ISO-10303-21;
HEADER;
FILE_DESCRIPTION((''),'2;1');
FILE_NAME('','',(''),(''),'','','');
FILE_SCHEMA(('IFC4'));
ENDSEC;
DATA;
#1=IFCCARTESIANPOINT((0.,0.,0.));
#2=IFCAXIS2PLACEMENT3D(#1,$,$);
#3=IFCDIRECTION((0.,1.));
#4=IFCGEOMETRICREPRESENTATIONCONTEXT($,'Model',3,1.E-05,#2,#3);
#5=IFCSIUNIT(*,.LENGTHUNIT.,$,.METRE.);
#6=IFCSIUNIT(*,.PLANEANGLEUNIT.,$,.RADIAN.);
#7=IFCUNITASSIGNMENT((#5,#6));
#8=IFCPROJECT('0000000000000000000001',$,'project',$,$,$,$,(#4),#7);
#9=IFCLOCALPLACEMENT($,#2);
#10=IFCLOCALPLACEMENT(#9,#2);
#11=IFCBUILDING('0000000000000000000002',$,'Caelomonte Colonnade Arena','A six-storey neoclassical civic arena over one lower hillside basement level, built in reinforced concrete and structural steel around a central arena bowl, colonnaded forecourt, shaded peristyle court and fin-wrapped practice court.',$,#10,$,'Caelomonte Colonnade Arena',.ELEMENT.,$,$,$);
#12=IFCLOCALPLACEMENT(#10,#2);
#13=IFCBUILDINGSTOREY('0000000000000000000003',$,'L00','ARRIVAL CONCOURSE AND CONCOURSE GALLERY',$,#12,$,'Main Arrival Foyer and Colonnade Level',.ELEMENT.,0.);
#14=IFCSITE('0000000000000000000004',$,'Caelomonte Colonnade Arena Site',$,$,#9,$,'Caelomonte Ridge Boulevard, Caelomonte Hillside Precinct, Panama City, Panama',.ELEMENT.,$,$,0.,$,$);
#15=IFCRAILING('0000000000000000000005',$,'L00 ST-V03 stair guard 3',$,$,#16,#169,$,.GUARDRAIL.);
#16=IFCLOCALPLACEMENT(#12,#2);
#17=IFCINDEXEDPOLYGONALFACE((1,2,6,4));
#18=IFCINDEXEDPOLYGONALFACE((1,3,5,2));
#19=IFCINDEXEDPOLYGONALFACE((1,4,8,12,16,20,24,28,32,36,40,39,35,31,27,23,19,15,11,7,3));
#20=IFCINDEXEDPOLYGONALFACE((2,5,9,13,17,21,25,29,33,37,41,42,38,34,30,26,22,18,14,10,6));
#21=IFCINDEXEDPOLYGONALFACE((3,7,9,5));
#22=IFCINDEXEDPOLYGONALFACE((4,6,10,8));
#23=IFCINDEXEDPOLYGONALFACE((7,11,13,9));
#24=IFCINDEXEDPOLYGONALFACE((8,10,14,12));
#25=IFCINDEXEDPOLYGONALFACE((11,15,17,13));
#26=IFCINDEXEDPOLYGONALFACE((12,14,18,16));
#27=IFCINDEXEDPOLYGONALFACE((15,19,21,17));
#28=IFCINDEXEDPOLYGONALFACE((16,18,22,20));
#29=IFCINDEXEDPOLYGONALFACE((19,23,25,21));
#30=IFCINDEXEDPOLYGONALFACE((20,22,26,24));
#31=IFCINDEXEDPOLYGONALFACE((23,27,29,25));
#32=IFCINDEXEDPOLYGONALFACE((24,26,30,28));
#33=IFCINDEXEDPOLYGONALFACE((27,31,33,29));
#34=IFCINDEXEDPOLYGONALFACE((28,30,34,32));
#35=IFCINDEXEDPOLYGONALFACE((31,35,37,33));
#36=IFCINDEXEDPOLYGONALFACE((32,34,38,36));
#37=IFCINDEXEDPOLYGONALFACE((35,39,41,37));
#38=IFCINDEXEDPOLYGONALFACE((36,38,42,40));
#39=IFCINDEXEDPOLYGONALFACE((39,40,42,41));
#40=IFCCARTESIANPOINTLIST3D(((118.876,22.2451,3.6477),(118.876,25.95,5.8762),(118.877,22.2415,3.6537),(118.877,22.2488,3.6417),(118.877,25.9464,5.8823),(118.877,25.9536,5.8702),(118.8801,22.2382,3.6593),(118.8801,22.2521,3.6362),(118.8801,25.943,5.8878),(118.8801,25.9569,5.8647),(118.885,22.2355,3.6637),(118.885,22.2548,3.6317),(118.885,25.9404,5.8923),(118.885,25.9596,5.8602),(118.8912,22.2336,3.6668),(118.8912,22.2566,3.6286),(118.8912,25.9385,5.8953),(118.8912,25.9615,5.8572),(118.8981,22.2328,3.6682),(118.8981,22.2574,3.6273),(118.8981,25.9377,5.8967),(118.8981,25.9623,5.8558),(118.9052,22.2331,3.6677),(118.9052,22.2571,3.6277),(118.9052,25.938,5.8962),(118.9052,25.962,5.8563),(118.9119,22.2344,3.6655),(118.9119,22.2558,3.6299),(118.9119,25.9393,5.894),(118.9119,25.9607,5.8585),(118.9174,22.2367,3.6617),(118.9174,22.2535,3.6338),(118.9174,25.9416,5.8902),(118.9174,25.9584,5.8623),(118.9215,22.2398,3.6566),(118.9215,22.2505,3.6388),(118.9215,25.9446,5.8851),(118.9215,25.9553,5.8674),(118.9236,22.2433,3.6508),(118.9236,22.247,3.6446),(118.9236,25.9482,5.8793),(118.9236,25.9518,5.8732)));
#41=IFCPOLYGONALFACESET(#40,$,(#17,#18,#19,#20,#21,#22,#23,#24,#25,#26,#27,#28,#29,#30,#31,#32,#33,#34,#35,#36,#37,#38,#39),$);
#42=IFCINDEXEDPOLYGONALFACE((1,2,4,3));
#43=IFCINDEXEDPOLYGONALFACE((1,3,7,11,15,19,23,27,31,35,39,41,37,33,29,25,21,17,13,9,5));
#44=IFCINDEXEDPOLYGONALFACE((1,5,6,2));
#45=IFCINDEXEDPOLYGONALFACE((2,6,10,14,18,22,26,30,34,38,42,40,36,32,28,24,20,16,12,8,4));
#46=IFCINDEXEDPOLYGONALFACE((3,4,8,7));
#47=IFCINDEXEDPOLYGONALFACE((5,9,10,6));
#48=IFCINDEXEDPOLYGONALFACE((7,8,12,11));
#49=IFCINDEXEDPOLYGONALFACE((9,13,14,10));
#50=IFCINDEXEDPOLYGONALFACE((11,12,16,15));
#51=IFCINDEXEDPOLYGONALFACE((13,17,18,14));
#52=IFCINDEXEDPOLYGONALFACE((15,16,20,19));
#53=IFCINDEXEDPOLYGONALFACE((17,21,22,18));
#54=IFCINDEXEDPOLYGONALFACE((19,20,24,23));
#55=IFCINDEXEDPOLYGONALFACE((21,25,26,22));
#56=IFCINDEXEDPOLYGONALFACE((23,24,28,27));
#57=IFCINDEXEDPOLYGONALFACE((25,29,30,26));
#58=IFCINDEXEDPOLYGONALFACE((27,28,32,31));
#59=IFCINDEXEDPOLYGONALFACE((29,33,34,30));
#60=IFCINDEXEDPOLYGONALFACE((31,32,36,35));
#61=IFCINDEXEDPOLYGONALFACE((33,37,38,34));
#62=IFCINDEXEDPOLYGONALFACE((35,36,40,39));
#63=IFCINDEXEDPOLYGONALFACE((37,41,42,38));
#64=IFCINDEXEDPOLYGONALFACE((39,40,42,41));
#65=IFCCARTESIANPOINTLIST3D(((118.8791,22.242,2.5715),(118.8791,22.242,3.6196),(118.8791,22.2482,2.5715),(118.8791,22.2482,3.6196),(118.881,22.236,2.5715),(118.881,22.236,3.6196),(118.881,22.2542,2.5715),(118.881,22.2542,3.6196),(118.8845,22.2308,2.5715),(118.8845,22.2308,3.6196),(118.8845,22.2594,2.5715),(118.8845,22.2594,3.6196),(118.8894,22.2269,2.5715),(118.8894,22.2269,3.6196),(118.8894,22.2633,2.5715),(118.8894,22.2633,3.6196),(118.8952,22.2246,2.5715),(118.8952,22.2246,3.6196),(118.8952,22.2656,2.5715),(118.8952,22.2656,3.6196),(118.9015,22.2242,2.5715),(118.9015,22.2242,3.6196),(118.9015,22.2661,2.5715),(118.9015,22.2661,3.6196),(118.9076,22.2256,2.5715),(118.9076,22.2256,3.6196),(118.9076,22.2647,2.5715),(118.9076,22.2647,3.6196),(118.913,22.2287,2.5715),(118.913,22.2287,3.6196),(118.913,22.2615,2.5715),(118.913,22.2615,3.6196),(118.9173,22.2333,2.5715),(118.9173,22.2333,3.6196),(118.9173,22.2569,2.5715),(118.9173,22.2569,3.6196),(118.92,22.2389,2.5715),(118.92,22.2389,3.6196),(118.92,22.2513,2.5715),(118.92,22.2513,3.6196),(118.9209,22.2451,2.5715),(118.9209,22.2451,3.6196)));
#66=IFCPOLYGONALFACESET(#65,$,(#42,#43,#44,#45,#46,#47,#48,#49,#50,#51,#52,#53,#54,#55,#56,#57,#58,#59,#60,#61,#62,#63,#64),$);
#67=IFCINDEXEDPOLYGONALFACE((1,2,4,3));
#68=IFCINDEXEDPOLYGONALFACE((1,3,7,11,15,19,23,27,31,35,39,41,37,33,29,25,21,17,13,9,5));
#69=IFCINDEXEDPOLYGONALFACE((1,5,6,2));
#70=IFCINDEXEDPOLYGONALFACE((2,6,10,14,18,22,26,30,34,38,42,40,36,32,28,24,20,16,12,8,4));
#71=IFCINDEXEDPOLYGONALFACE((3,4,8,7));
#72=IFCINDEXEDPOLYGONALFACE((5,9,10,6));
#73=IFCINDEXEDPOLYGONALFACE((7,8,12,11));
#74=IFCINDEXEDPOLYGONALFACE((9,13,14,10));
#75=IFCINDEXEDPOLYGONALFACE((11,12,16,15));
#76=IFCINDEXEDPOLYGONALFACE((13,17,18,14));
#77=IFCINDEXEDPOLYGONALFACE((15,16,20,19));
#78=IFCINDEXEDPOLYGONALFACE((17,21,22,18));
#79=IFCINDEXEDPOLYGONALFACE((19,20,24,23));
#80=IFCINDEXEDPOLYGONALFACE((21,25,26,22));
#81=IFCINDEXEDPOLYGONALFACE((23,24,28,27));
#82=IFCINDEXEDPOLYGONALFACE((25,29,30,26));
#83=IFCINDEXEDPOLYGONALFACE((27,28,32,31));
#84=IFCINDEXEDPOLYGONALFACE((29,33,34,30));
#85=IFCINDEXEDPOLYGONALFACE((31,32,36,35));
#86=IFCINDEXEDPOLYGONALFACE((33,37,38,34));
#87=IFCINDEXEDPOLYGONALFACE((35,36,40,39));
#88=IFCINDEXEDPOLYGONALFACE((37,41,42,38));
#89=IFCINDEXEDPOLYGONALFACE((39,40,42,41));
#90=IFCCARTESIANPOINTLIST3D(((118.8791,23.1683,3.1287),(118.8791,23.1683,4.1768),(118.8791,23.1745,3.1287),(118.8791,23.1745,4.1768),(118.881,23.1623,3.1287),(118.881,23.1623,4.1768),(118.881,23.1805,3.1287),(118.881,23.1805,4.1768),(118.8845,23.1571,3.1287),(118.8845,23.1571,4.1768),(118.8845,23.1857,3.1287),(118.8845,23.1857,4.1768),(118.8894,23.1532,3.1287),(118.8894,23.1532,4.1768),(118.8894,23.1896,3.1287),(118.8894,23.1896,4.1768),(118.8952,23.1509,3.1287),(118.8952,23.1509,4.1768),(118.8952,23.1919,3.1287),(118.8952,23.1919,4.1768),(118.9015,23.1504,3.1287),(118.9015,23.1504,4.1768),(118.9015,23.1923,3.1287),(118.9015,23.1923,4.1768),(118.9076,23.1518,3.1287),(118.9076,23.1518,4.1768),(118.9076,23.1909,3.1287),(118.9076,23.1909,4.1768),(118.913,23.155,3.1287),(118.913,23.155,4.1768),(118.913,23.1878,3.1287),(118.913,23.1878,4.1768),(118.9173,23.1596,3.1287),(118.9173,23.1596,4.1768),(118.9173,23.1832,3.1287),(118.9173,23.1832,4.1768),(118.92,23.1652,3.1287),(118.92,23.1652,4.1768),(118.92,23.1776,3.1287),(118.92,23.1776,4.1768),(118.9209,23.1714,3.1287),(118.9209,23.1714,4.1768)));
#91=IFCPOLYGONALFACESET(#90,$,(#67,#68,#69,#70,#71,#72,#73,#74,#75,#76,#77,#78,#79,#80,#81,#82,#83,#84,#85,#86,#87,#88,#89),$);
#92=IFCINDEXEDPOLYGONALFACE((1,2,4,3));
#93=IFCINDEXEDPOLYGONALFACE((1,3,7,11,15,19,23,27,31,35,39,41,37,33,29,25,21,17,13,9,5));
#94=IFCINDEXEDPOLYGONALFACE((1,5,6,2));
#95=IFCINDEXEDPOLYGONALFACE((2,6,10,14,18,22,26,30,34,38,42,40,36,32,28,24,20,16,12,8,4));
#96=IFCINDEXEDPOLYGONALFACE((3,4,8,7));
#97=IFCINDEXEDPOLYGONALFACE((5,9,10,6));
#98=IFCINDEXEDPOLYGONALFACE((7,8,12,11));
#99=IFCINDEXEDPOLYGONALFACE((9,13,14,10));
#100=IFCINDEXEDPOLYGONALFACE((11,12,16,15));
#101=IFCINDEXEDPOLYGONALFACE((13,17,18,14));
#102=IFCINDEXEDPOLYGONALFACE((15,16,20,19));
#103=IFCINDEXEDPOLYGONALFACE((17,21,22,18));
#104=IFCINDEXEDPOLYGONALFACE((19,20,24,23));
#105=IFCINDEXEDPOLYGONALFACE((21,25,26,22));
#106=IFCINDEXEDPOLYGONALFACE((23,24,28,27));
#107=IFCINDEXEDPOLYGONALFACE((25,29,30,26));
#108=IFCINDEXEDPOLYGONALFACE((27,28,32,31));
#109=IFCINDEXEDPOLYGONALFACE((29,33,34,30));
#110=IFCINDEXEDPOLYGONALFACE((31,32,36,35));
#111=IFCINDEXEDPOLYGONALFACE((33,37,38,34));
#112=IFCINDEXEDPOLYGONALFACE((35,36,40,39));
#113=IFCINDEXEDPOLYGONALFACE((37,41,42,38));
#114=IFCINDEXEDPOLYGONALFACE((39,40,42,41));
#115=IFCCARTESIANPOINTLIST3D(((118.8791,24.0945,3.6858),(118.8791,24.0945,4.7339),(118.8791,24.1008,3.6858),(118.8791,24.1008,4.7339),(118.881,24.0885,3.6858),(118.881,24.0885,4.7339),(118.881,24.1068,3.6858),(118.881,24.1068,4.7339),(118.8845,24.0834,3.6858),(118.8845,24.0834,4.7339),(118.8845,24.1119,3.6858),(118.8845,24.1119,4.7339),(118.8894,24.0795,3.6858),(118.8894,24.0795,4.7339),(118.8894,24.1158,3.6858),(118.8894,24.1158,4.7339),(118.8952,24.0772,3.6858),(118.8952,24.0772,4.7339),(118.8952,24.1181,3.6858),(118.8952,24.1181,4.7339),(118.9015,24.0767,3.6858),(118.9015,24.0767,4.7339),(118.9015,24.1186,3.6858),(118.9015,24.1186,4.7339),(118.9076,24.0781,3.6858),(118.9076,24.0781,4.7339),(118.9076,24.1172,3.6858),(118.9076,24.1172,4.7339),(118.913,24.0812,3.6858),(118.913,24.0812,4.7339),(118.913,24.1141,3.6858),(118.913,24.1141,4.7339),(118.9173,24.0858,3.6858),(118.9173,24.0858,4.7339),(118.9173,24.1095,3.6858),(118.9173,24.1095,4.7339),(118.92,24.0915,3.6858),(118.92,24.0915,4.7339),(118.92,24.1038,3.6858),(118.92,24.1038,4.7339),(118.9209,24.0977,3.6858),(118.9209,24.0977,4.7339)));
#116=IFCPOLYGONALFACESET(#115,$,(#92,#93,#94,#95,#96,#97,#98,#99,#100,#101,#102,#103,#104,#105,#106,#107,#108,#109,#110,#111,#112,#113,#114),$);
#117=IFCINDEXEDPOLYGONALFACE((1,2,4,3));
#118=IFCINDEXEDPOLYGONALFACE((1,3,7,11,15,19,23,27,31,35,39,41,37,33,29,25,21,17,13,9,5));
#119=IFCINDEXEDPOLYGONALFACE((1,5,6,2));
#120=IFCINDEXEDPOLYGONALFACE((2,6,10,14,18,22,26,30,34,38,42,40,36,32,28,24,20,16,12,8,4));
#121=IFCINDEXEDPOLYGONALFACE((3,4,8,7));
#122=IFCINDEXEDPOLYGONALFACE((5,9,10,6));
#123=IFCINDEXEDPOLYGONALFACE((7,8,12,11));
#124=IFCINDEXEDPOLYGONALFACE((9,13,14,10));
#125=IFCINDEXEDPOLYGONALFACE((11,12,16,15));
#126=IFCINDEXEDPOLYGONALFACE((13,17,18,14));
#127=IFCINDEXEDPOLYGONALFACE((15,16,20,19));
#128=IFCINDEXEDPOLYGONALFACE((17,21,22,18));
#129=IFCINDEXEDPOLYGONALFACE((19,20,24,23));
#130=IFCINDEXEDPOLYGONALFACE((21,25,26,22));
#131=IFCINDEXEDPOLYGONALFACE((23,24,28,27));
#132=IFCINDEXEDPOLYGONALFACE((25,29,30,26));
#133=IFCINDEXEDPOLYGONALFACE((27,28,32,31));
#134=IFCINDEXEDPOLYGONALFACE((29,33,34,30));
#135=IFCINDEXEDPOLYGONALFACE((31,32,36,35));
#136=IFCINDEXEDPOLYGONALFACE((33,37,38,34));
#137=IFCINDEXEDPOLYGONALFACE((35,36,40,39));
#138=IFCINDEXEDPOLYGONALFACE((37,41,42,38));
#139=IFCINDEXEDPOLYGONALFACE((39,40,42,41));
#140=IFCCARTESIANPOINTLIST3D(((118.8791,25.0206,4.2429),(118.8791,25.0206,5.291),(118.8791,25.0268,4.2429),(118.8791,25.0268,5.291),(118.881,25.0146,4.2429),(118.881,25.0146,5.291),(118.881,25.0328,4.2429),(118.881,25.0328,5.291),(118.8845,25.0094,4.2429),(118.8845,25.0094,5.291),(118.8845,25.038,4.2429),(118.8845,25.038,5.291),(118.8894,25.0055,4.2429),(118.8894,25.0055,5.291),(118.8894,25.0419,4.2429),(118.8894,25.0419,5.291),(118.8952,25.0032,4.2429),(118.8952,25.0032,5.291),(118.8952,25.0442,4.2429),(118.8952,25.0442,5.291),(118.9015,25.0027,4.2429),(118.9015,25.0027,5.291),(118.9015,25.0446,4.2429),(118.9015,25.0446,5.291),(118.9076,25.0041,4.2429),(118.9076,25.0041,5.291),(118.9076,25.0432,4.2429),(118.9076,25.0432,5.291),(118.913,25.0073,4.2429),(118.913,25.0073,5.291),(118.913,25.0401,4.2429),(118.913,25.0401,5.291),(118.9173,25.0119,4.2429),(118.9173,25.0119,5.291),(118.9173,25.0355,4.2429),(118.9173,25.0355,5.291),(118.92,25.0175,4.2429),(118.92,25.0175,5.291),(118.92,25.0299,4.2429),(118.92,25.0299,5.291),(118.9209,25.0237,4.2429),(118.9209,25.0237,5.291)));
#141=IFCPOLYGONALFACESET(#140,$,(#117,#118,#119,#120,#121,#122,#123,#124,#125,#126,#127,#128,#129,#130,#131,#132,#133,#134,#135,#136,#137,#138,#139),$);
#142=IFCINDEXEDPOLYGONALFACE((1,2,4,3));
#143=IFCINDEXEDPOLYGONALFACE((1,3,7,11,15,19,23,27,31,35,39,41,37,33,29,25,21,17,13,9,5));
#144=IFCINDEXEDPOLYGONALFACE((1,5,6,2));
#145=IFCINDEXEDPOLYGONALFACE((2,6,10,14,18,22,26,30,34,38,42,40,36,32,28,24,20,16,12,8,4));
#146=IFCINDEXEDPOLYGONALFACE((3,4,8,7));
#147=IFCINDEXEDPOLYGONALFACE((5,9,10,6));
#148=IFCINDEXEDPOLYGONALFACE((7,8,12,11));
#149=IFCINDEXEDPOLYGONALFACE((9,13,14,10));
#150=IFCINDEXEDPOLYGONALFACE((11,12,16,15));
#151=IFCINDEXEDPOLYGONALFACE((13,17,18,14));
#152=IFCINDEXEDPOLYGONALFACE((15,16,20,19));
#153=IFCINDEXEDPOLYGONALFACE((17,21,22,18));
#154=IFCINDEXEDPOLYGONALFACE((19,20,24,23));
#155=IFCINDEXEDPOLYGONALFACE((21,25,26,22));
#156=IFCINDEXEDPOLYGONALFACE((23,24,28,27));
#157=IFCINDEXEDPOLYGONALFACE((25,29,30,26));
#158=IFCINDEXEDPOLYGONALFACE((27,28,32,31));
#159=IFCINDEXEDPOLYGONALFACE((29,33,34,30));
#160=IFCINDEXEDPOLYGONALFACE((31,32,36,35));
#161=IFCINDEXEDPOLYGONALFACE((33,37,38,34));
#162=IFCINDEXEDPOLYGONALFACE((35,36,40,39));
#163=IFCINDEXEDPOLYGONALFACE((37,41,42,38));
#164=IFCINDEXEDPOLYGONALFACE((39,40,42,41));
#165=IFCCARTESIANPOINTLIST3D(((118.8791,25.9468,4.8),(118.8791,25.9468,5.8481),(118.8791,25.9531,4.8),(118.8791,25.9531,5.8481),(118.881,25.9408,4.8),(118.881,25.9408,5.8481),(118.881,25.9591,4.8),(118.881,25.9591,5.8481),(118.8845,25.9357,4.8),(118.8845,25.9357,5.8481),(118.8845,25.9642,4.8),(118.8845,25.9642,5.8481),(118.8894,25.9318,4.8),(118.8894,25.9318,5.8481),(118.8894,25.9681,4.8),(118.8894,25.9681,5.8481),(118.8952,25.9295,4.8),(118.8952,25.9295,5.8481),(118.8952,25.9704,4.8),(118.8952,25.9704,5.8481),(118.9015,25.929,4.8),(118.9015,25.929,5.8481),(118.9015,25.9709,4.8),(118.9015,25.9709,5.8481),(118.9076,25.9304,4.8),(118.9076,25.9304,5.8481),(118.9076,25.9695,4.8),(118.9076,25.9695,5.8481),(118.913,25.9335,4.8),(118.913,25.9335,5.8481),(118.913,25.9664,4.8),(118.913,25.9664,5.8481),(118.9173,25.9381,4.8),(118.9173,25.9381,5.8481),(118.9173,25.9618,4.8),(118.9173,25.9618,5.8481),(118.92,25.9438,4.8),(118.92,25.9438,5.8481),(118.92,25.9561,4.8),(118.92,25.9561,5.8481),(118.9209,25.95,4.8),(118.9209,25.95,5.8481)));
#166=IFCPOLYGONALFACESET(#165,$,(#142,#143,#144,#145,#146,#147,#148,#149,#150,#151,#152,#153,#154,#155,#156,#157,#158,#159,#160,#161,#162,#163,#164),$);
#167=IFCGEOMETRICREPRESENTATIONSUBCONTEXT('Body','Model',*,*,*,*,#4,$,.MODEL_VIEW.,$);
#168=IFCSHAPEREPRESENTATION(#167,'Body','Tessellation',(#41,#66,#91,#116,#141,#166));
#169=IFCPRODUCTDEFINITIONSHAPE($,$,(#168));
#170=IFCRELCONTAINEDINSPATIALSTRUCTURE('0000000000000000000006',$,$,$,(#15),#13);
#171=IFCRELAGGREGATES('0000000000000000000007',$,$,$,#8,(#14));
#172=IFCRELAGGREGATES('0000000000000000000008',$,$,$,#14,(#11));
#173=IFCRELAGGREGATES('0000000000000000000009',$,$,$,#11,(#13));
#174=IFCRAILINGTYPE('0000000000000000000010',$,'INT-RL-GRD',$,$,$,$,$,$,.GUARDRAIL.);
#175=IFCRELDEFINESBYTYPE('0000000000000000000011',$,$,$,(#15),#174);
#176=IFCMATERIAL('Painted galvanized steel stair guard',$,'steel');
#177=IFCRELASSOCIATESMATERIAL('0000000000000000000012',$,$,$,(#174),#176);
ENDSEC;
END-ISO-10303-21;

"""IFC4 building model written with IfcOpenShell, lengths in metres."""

from ifc_helpers import new_model, si_unit, direction, frame, origin, origin_2d, place, context, subcontext, project, spatial, circle, extrude, material, type_object, element, save


model = new_model("IFC4")

# Units and contexts
model_context = context("Model", 3, precision=1e-05, world=origin(), true_north=direction((0.0, 1.0)))
body_context = subcontext(model_context, "Body", "Model", "MODEL_VIEW")
ifc_project = project(units=[si_unit("LENGTHUNIT", "METRE"), si_unit("PLANEANGLEUNIT", "RADIAN")], contexts=[model_context])

# Site, building, storey
site_placement = place(None, origin())
site = spatial("IfcSite", under=ifc_project, at=site_placement, Name="Caelomonte Colonnade Arena Site", LongName="Caelomonte Ridge Boulevard, Caelomonte Hillside Precinct, Panama City, Panama", CompositionType="ELEMENT", RefElevation=0.0)
building_placement = place(site_placement, origin())
building = spatial("IfcBuilding", under=site, at=building_placement, Name="Caelomonte Colonnade Arena", Description="A six-storey neoclassical civic arena over one lower hillside basement level, built in reinforced concrete and structural steel around a central arena bowl, colonnaded forecourt, shaded peristyle court and fin-wrapped practice court.", LongName="Caelomonte Colonnade Arena", CompositionType="ELEMENT")
storey_placement = place(building_placement, origin())
storey = spatial("IfcBuildingStorey", under=building, at=storey_placement, Name="L00", Description="ARRIVAL CONCOURSE AND CONCOURSE GALLERY", LongName="Main Arrival Foyer and Colonnade Level", CompositionType="ELEMENT", Elevation=0.0)

# Railing
ifc_material_1 = material(Name="Painted galvanized steel stair guard", Category="steel")
railing_type_1 = type_object("IfcRailingType", Name="INT-RL-GRD", PredefinedType="GUARDRAIL", material=ifc_material_1)
railing_1_placement = place(storey_placement, frame((118.8999, 22.2451, 2.5715)))
element("IfcRailing", 1, at=railing_1_placement, inside=storey, type_object=railing_type_1, Name="L00 ST-V03 stair guard 3", PredefinedType="GUARDRAIL", context=body_context, shape_type="SweptSolid", body=[
    extrude(circle(Radius=0.0239, at=origin_2d()), frame((0.0, 0.0, 1.0762), z_axis=(0.0, 0.856919, 0.51545), x_axis=(-1.0, 0.0, 0.0)), (0.0, 0.0, 1.0), 4.3235),
    extrude(circle(Radius=0.021, at=origin_2d()), origin(), (0.0, 0.0, 1.0), 1.0481),
    extrude(circle(Radius=0.021, at=origin_2d()), frame((0.0, 0.9263, 0.5571)), (0.0, 0.0, 1.0), 1.0481),
    extrude(circle(Radius=0.021, at=origin_2d()), frame((0.0, 1.8525, 1.1143)), (0.0, 0.0, 1.0), 1.0481),
    extrude(circle(Radius=0.021, at=origin_2d()), frame((0.0, 2.7786, 1.6714)), (0.0, 0.0, 1.0), 1.0481),
    extrude(circle(Radius=0.021, at=origin_2d()), frame((0.0, 3.7048, 2.2285)), (0.0, 0.0, 1.0), 1.0481),
])

save(model, "model.ifc")
